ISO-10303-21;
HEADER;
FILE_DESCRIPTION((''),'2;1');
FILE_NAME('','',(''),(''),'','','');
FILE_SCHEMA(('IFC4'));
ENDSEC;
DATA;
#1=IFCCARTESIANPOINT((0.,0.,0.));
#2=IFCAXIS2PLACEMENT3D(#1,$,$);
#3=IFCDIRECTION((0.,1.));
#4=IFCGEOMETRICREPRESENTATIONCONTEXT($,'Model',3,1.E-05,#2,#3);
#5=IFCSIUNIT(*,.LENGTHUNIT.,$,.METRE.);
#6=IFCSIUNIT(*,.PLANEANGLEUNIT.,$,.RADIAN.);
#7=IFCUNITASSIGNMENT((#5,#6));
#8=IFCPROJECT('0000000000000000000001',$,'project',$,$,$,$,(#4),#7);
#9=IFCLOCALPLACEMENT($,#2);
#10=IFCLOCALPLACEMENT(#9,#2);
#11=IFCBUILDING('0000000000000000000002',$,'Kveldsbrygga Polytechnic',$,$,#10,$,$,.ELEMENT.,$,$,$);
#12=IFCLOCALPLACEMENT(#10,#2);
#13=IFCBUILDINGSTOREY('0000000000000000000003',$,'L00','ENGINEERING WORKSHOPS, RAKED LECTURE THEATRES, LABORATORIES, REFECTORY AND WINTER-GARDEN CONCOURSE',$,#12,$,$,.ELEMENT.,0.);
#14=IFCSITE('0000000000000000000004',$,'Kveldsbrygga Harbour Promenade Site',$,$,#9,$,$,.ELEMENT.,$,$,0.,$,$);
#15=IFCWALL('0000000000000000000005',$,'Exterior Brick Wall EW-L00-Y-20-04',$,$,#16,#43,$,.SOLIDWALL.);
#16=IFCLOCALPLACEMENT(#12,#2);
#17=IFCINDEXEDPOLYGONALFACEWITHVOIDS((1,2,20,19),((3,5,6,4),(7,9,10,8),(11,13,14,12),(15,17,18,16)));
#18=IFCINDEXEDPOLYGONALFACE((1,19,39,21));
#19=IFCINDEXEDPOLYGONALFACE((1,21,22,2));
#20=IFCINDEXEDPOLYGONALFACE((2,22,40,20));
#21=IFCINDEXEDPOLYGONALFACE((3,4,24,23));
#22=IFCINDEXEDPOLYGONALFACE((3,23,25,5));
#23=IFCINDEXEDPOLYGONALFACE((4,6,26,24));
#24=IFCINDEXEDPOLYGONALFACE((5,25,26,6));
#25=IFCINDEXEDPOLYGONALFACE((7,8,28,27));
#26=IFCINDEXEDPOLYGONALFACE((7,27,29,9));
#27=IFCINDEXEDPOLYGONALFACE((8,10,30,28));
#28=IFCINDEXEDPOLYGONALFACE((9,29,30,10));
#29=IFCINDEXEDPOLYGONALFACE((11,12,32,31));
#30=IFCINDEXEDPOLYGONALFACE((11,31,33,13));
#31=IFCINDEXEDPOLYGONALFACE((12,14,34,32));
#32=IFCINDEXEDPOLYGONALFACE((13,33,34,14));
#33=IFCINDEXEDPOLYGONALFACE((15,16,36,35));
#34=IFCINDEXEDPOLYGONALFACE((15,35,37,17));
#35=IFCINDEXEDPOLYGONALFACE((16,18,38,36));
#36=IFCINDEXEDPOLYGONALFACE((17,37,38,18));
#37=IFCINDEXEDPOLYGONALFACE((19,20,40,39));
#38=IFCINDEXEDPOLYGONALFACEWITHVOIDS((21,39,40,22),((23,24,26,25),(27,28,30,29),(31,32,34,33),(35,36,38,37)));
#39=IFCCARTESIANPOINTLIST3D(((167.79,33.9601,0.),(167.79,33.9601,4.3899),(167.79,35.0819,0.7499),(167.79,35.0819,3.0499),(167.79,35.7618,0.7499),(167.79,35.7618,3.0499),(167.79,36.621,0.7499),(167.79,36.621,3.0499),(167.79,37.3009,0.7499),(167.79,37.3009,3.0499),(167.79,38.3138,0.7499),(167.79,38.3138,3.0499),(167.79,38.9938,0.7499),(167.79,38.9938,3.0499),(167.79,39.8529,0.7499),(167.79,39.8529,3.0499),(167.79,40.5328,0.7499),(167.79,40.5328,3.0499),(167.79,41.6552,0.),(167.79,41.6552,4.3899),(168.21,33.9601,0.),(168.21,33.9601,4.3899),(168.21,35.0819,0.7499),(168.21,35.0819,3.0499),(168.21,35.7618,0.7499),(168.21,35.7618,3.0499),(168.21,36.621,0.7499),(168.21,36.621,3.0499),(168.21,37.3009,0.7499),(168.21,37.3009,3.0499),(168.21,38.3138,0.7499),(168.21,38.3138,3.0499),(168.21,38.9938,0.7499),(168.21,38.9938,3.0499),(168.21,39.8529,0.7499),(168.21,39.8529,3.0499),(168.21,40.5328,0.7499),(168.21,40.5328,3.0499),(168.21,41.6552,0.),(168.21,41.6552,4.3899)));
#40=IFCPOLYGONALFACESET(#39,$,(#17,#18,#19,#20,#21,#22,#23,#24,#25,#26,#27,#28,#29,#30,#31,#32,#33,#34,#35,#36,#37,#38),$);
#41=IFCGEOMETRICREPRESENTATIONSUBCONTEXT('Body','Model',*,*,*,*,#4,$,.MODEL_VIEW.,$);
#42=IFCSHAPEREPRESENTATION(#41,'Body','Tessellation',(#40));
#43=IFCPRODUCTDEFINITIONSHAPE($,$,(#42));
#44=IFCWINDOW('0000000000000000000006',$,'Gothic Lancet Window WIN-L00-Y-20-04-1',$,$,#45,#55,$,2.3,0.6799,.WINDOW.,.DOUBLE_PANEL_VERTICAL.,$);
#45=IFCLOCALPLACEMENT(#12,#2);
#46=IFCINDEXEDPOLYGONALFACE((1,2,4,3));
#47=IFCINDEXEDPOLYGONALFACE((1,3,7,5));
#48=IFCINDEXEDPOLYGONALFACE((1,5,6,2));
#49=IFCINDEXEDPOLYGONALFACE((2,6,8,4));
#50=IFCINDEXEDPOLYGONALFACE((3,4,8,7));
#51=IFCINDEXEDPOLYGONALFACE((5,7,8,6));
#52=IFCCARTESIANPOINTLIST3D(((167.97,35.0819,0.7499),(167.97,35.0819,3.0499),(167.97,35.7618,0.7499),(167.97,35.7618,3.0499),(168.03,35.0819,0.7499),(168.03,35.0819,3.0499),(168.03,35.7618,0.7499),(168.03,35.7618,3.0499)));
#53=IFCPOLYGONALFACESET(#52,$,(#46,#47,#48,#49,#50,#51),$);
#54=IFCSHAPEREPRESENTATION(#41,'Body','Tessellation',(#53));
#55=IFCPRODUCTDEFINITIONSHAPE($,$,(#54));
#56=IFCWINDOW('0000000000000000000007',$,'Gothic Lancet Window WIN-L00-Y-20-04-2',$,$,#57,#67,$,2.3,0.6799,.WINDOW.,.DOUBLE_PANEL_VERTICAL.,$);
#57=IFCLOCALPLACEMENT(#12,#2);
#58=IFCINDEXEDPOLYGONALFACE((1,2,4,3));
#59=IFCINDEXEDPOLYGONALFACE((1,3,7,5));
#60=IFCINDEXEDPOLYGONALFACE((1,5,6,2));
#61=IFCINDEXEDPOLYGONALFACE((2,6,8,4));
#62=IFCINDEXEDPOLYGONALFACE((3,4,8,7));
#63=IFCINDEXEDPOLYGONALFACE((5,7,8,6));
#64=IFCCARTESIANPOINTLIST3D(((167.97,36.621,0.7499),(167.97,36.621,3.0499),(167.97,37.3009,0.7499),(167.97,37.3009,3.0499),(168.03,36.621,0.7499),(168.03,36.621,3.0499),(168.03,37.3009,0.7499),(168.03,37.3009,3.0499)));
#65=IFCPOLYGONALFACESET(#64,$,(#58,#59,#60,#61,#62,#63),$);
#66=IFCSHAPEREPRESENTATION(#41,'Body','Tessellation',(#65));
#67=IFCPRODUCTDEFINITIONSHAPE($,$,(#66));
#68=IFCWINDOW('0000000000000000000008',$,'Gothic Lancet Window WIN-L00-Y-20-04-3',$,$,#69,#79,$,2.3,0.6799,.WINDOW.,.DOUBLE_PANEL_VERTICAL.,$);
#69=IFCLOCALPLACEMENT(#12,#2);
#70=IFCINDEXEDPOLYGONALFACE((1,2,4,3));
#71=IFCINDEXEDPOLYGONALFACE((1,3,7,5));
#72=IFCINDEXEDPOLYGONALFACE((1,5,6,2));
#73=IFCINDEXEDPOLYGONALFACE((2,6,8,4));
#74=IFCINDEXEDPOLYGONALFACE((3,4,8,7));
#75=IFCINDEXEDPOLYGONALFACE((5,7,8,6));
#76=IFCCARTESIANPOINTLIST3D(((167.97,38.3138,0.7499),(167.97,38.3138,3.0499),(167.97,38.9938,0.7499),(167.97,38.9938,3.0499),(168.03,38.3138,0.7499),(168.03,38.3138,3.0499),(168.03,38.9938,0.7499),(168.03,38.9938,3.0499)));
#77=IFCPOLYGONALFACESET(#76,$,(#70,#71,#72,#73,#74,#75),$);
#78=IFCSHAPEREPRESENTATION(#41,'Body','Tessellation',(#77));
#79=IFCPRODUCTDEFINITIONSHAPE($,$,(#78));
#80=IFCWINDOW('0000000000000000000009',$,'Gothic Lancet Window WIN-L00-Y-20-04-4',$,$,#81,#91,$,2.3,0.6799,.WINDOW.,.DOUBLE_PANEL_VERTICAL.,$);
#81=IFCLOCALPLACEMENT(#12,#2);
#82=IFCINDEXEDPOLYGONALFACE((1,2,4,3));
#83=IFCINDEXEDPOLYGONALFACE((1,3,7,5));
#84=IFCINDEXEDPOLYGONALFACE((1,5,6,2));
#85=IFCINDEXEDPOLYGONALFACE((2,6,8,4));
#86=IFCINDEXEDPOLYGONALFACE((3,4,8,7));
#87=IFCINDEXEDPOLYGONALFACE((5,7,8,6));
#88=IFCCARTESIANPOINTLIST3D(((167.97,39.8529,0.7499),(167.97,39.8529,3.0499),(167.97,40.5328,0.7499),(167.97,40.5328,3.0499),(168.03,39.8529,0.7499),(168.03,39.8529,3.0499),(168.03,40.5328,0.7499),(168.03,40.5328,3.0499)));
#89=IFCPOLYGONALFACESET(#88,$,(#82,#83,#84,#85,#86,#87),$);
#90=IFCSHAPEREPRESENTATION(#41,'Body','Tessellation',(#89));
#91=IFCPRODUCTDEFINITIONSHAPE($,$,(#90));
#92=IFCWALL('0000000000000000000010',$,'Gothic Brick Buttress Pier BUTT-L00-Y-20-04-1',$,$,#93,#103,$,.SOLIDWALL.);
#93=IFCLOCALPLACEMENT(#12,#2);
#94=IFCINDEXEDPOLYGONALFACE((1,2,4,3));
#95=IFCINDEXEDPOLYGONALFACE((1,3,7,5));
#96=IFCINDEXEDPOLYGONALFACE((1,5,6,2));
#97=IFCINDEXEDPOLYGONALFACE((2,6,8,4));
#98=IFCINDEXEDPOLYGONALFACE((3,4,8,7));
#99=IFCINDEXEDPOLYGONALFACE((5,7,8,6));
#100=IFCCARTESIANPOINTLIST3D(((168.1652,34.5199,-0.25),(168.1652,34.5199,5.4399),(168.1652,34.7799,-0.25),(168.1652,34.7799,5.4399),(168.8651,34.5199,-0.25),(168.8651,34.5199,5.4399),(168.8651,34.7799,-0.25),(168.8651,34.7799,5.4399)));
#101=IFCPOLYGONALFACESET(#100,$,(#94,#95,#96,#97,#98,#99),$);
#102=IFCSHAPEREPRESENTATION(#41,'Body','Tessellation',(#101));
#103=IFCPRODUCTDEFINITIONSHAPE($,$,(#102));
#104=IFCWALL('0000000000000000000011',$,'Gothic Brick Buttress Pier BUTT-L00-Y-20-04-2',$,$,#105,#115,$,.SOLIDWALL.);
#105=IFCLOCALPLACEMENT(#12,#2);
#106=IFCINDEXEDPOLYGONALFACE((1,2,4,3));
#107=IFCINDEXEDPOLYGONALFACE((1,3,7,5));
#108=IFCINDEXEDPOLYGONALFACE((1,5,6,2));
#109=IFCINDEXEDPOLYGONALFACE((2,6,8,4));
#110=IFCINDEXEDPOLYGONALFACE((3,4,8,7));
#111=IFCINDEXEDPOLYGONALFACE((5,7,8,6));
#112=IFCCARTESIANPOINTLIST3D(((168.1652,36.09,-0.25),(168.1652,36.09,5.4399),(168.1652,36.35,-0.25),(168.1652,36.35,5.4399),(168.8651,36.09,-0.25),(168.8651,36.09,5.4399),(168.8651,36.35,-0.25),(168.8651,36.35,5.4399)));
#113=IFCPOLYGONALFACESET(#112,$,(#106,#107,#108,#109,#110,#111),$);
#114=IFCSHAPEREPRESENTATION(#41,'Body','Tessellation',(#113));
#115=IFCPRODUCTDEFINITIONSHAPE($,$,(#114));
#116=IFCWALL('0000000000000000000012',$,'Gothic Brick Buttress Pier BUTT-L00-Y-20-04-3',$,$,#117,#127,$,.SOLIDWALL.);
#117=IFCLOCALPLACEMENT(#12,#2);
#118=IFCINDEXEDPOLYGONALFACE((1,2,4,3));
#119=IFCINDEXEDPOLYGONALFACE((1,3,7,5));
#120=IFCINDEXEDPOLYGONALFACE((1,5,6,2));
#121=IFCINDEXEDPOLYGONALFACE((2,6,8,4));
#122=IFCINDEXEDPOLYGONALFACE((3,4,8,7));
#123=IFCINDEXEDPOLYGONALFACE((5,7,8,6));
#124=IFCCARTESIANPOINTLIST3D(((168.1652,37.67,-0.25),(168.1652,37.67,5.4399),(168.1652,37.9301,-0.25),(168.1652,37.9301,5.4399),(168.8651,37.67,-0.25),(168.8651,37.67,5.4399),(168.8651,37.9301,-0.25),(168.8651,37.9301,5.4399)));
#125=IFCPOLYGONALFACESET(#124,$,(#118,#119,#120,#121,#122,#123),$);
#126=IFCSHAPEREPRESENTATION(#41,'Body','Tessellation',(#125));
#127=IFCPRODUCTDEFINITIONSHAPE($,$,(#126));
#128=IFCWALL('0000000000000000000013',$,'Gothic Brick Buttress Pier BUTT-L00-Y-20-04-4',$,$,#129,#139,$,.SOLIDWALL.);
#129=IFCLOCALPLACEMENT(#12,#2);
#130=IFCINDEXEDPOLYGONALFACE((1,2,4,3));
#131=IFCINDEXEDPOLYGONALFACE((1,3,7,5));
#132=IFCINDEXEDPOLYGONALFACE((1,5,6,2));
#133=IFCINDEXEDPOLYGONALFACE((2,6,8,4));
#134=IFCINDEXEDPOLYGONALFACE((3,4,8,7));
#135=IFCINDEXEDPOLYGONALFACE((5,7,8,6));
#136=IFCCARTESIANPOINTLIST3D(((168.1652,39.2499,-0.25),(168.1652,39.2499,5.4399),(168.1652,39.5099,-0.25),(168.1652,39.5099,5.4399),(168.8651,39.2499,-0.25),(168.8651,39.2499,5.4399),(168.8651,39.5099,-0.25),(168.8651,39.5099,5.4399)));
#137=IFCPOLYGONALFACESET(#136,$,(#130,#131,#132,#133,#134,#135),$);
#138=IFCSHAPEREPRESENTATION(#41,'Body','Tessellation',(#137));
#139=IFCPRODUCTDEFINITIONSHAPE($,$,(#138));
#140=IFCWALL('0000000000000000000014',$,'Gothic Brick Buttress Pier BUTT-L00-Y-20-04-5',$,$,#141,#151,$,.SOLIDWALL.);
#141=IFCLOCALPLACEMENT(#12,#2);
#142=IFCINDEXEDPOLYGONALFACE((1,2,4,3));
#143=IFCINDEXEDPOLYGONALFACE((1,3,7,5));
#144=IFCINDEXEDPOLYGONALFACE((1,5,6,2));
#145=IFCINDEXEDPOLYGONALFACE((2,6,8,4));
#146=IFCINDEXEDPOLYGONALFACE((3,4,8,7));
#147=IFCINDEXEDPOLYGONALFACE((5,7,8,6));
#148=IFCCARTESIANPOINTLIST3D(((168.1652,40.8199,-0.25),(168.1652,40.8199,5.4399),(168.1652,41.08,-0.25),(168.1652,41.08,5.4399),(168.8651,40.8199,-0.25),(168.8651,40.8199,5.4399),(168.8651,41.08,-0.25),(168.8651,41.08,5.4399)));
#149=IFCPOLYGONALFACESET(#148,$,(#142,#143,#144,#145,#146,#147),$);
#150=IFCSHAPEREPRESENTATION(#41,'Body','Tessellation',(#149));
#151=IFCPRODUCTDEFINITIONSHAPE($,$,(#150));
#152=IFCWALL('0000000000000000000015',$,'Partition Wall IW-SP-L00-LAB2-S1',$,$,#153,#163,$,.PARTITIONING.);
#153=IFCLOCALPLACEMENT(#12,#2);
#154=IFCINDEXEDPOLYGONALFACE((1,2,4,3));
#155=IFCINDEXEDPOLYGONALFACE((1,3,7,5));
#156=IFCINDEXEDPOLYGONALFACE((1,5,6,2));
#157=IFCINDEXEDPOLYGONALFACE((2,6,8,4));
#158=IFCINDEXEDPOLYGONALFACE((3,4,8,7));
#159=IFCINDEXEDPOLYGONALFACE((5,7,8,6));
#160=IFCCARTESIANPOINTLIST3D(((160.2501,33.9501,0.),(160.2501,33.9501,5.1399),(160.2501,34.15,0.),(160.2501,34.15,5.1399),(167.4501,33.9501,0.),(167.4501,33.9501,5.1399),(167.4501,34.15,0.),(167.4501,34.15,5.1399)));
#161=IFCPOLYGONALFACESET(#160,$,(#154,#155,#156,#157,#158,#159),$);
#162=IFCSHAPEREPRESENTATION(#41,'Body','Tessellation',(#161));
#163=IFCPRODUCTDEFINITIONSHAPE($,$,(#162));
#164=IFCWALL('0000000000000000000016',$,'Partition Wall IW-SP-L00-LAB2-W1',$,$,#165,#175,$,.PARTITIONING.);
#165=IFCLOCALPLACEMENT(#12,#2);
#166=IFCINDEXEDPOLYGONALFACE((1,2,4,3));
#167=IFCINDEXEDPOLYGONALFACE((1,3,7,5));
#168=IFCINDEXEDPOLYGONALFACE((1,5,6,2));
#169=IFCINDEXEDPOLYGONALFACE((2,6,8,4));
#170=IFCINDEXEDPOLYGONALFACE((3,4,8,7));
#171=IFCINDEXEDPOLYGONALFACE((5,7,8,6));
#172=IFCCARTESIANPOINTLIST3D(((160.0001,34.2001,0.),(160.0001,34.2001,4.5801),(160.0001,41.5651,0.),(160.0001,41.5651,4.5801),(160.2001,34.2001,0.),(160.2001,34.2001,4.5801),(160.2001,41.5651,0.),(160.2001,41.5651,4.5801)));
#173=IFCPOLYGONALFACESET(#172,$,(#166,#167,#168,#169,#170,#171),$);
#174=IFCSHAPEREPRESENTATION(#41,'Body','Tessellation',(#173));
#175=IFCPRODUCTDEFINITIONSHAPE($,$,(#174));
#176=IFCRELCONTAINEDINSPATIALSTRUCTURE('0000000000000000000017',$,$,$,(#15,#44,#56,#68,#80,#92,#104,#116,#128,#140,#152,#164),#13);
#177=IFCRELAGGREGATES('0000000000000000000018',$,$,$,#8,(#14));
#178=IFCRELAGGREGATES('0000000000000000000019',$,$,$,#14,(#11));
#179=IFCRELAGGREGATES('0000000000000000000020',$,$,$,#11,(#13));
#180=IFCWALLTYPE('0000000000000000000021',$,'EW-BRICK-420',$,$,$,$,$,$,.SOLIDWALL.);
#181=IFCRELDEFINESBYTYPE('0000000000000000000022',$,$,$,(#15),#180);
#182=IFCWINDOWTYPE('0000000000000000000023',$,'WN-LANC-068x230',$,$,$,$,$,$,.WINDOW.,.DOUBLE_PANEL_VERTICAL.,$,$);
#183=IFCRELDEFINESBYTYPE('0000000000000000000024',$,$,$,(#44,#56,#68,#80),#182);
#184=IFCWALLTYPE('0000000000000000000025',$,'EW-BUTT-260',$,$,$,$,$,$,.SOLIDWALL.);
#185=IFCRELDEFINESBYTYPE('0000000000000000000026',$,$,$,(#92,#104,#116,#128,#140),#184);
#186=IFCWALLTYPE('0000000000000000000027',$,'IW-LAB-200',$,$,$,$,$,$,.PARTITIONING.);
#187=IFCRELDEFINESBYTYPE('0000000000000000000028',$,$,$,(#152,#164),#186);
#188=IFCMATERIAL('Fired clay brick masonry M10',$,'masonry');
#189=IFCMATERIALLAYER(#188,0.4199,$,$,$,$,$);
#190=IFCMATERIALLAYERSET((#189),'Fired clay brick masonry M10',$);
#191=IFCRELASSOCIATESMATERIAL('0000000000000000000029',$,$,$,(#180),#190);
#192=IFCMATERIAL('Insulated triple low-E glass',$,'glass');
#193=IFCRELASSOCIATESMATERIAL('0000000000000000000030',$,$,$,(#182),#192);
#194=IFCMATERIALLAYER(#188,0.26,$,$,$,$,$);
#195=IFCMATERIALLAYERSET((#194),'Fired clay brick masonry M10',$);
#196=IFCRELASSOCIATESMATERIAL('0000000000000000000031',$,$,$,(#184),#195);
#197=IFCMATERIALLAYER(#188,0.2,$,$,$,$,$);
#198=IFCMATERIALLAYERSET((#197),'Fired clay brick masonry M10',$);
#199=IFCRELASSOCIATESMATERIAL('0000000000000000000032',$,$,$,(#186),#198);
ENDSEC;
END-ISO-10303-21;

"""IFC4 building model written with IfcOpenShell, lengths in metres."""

from ifc_helpers import new_model, si_unit, direction, frame, frame_2d, origin, place, context, subcontext, project, spatial, rectangle, extrude, material, layer, layer_set, type_object, element, fill, save


model = new_model("IFC4")

# Units and contexts
model_context = context("Model", 3, precision=1e-05, world=origin(), true_north=direction((0.0, 1.0)))
body_context = subcontext(model_context, "Body", "Model", "MODEL_VIEW")
ifc_project = project(units=[si_unit("LENGTHUNIT", "METRE"), si_unit("PLANEANGLEUNIT", "RADIAN")], contexts=[model_context])

# Site, building, storey
site_placement = place(None, origin())
site = spatial("IfcSite", under=ifc_project, at=site_placement, Name="Kveldsbrygga Harbour Promenade Site", CompositionType="ELEMENT", RefElevation=0.0)
building_placement = place(site_placement, origin())
building = spatial("IfcBuilding", under=site, at=building_placement, Name="Kveldsbrygga Polytechnic", CompositionType="ELEMENT")
storey_placement = place(building_placement, origin())
storey = spatial("IfcBuildingStorey", under=building, at=storey_placement, Name="L00", Description="ENGINEERING WORKSHOPS, RAKED LECTURE THEATRES, LABORATORIES, REFECTORY AND WINTER-GARDEN CONCOURSE", CompositionType="ELEMENT", Elevation=0.0)

# Wall, openings, windows
ifc_material_1 = material(Name="Fired clay brick masonry M10", Category="masonry")
ifc_layer_1 = layer(ifc_material_1, 0.4199)
ifc_layer_set_1 = layer_set([ifc_layer_1], Name="Fired clay brick masonry M10")
wall_type_1 = type_object("IfcWallType", Name="EW-BRICK-420", PredefinedType="SOLIDWALL", material=ifc_layer_set_1)
wall_1_placement = place(storey_placement, frame((168.0, 33.96, 0.0), z_axis=(0.0, 0.0, 1.0), x_axis=(0.0, 1.0, 0.0)))
wall_1 = element("IfcWall", 1, at=wall_1_placement, inside=storey, type_object=wall_type_1, Name="Exterior Brick Wall EW-L00-Y-20-04", PredefinedType="SOLIDWALL", context=body_context, shape_type="SweptSolid", body=[
    extrude(rectangle(XDim=7.6951, YDim=0.4199, at=frame_2d((3.8477, 0.0))), origin(), (0.0, 0.0, 1.0), 4.3899),
])
opening_1_placement = place(wall_1_placement, frame((1.1221, 0.0, 0.75)))
opening_1 = element("IfcOpeningElement", 2, at=opening_1_placement, cuts=wall_1, PredefinedType="OPENING", context=body_context, shape_type="SweptSolid", body=[
    extrude(rectangle(XDim=0.6799, YDim=2.3, at=frame_2d((0.3398, 1.1499))), frame((0.0, 0.22, 0.0), z_axis=(0.0, -1.0, 0.0), x_axis=(1.0, 0.0, 0.0)), (0.0, 0.0, 1.0), 0.4399),
])
opening_2_placement = place(wall_1_placement, frame((2.6611, 0.0, 0.75)))
opening_2 = element("IfcOpeningElement", 3, at=opening_2_placement, cuts=wall_1, PredefinedType="OPENING", context=body_context, shape_type="SweptSolid", body=[
    extrude(rectangle(XDim=0.6799, YDim=2.3, at=frame_2d((0.3398, 1.1499))), frame((0.0, 0.22, 0.0), z_axis=(0.0, -1.0, 0.0), x_axis=(1.0, 0.0, 0.0)), (0.0, 0.0, 1.0), 0.4399),
])
opening_3_placement = place(wall_1_placement, frame((4.354, 0.0, 0.75)))
opening_3 = element("IfcOpeningElement", 4, at=opening_3_placement, cuts=wall_1, PredefinedType="OPENING", context=body_context, shape_type="SweptSolid", body=[
    extrude(rectangle(XDim=0.6799, YDim=2.3, at=frame_2d((0.3398, 1.1499))), frame((0.0, 0.22, 0.0), z_axis=(0.0, -1.0, 0.0), x_axis=(1.0, 0.0, 0.0)), (0.0, 0.0, 1.0), 0.4399),
])
opening_4_placement = place(wall_1_placement, frame((5.8931, 0.0, 0.75)))
opening_4 = element("IfcOpeningElement", 5, at=opening_4_placement, cuts=wall_1, PredefinedType="OPENING", context=body_context, shape_type="SweptSolid", body=[
    extrude(rectangle(XDim=0.6799, YDim=2.3, at=frame_2d((0.3398, 1.1499))), frame((0.0, 0.22, 0.0), z_axis=(0.0, -1.0, 0.0), x_axis=(1.0, 0.0, 0.0)), (0.0, 0.0, 1.0), 0.4399),
])
ifc_material_2 = material(Name="Insulated triple low-E glass", Category="glass")
window_type = type_object("IfcWindowType", Name="WN-LANC-068x230", PartitioningType="DOUBLE_PANEL_VERTICAL", PredefinedType="WINDOW", material=ifc_material_2)
window_1_placement = place(opening_1_placement, origin())
window_1 = element("IfcWindow", 6, at=window_1_placement, inside=storey, type_object=window_type, Name="Gothic Lancet Window WIN-L00-Y-20-04-1", OverallHeight=2.3, OverallWidth=0.6799, PartitioningType="DOUBLE_PANEL_VERTICAL", PredefinedType="WINDOW", context=body_context, shape_type="SweptSolid", body=[
    extrude(rectangle(XDim=0.6799, YDim=2.3, at=frame_2d((0.3398, 1.1499))), frame((0.0, 0.03, 0.0), z_axis=(0.0, -1.0, 0.0), x_axis=(1.0, 0.0, 0.0)), (0.0, 0.0, 1.0), 0.0601),
])
fill(opening_1, window_1)
window_2_placement = place(opening_2_placement, origin())
window_2 = element("IfcWindow", 7, at=window_2_placement, inside=storey, type_object=window_type, Name="Gothic Lancet Window WIN-L00-Y-20-04-2", OverallHeight=2.3, OverallWidth=0.6799, PartitioningType="DOUBLE_PANEL_VERTICAL", PredefinedType="WINDOW", context=body_context, shape_type="SweptSolid", body=[
    extrude(rectangle(XDim=0.6799, YDim=2.3, at=frame_2d((0.3398, 1.1499))), frame((0.0, 0.03, 0.0), z_axis=(0.0, -1.0, 0.0), x_axis=(1.0, 0.0, 0.0)), (0.0, 0.0, 1.0), 0.0601),
])
fill(opening_2, window_2)
window_3_placement = place(opening_3_placement, origin())
window_3 = element("IfcWindow", 8, at=window_3_placement, inside=storey, type_object=window_type, Name="Gothic Lancet Window WIN-L00-Y-20-04-3", OverallHeight=2.3, OverallWidth=0.6799, PartitioningType="DOUBLE_PANEL_VERTICAL", PredefinedType="WINDOW", context=body_context, shape_type="SweptSolid", body=[
    extrude(rectangle(XDim=0.6799, YDim=2.3, at=frame_2d((0.3398, 1.1499))), frame((0.0, 0.03, 0.0), z_axis=(0.0, -1.0, 0.0), x_axis=(1.0, 0.0, 0.0)), (0.0, 0.0, 1.0), 0.0601),
])
fill(opening_3, window_3)
window_4_placement = place(opening_4_placement, origin())
window_4 = element("IfcWindow", 9, at=window_4_placement, inside=storey, type_object=window_type, Name="Gothic Lancet Window WIN-L00-Y-20-04-4", OverallHeight=2.3, OverallWidth=0.6799, PartitioningType="DOUBLE_PANEL_VERTICAL", PredefinedType="WINDOW", context=body_context, shape_type="SweptSolid", body=[
    extrude(rectangle(XDim=0.6799, YDim=2.3, at=frame_2d((0.3398, 1.1499))), frame((0.0, 0.03, 0.0), z_axis=(0.0, -1.0, 0.0), x_axis=(1.0, 0.0, 0.0)), (0.0, 0.0, 1.0), 0.0601),
])
fill(opening_4, window_4)

# Walls
ifc_layer_2 = layer(ifc_material_1, 0.26)
ifc_layer_set_2 = layer_set([ifc_layer_2], Name="Fired clay brick masonry M10")
wall_type_2 = type_object("IfcWallType", Name="EW-BUTT-260", PredefinedType="SOLIDWALL", material=ifc_layer_set_2)
for number, where, z_axis, x_axis, name in (
    (10, (168.165, 34.6499, -0.25), (0.0, 0.0, 1.0), (1.0, 0.0, 0.0), "Gothic Brick Buttress Pier BUTT-L00-Y-20-04-1"),
    (11, (168.165, 36.22, -0.25), (0.0, 0.0, 1.0), (1.0, 0.0, 0.0), "Gothic Brick Buttress Pier BUTT-L00-Y-20-04-2"),
    (12, (168.165, 37.8, -0.25), (0.0, 0.0, 1.0), (1.0, 0.0, 0.0), "Gothic Brick Buttress Pier BUTT-L00-Y-20-04-3"),
    (13, (168.165, 39.3799, -0.25), (0.0, 0.0, 1.0), (1.0, 0.0, 0.0), "Gothic Brick Buttress Pier BUTT-L00-Y-20-04-4"),
    (14, (168.165, 40.95, -0.25), (0.0, 0.0, 1.0), (1.0, 0.0, 0.0), "Gothic Brick Buttress Pier BUTT-L00-Y-20-04-5"),
):
    element("IfcWall", number, at=place(storey_placement, frame(where, z_axis=z_axis, x_axis=x_axis)), inside=storey, type_object=wall_type_2, Name=name, PredefinedType="SOLIDWALL", context=body_context, shape_type="SweptSolid", body=[
        extrude(rectangle(XDim=0.7, YDim=0.26, at=frame_2d((0.3501, 0.0))), origin(), (0.0, 0.0, 1.0), 5.6899),
    ])
ifc_layer_3 = layer(ifc_material_1, 0.2)
ifc_layer_set_3 = layer_set([ifc_layer_3], Name="Fired clay brick masonry M10")
wall_type_3 = type_object("IfcWallType", Name="IW-LAB-200", PredefinedType="PARTITIONING", material=ifc_layer_set_3)
wall_2_placement = place(storey_placement, frame((160.25, 34.05, 0.0), z_axis=(0.0, 0.0, 1.0), x_axis=(1.0, 0.0, 0.0)))
element("IfcWall", 15, at=wall_2_placement, inside=storey, type_object=wall_type_3, Name="Partition Wall IW-SP-L00-LAB2-S1", PredefinedType="PARTITIONING", context=body_context, shape_type="SweptSolid", body=[
    extrude(rectangle(XDim=7.2, YDim=0.2, at=frame_2d((3.6001, 0.0))), origin(), (0.0, 0.0, 1.0), 5.1399),
])
wall_3_placement = place(storey_placement, frame((160.1001, 34.2, 0.0), z_axis=(0.0, 0.0, 1.0), x_axis=(0.0, 1.0, 0.0)))
element("IfcWall", 16, at=wall_3_placement, inside=storey, type_object=wall_type_3, Name="Partition Wall IW-SP-L00-LAB2-W1", PredefinedType="PARTITIONING", context=body_context, shape_type="SweptSolid", body=[
    extrude(rectangle(XDim=7.365, YDim=0.2, at=frame_2d((3.6826, 0.0))), origin(), (0.0, 0.0, 1.0), 4.5801),
])

save(model, "model.ifc")
